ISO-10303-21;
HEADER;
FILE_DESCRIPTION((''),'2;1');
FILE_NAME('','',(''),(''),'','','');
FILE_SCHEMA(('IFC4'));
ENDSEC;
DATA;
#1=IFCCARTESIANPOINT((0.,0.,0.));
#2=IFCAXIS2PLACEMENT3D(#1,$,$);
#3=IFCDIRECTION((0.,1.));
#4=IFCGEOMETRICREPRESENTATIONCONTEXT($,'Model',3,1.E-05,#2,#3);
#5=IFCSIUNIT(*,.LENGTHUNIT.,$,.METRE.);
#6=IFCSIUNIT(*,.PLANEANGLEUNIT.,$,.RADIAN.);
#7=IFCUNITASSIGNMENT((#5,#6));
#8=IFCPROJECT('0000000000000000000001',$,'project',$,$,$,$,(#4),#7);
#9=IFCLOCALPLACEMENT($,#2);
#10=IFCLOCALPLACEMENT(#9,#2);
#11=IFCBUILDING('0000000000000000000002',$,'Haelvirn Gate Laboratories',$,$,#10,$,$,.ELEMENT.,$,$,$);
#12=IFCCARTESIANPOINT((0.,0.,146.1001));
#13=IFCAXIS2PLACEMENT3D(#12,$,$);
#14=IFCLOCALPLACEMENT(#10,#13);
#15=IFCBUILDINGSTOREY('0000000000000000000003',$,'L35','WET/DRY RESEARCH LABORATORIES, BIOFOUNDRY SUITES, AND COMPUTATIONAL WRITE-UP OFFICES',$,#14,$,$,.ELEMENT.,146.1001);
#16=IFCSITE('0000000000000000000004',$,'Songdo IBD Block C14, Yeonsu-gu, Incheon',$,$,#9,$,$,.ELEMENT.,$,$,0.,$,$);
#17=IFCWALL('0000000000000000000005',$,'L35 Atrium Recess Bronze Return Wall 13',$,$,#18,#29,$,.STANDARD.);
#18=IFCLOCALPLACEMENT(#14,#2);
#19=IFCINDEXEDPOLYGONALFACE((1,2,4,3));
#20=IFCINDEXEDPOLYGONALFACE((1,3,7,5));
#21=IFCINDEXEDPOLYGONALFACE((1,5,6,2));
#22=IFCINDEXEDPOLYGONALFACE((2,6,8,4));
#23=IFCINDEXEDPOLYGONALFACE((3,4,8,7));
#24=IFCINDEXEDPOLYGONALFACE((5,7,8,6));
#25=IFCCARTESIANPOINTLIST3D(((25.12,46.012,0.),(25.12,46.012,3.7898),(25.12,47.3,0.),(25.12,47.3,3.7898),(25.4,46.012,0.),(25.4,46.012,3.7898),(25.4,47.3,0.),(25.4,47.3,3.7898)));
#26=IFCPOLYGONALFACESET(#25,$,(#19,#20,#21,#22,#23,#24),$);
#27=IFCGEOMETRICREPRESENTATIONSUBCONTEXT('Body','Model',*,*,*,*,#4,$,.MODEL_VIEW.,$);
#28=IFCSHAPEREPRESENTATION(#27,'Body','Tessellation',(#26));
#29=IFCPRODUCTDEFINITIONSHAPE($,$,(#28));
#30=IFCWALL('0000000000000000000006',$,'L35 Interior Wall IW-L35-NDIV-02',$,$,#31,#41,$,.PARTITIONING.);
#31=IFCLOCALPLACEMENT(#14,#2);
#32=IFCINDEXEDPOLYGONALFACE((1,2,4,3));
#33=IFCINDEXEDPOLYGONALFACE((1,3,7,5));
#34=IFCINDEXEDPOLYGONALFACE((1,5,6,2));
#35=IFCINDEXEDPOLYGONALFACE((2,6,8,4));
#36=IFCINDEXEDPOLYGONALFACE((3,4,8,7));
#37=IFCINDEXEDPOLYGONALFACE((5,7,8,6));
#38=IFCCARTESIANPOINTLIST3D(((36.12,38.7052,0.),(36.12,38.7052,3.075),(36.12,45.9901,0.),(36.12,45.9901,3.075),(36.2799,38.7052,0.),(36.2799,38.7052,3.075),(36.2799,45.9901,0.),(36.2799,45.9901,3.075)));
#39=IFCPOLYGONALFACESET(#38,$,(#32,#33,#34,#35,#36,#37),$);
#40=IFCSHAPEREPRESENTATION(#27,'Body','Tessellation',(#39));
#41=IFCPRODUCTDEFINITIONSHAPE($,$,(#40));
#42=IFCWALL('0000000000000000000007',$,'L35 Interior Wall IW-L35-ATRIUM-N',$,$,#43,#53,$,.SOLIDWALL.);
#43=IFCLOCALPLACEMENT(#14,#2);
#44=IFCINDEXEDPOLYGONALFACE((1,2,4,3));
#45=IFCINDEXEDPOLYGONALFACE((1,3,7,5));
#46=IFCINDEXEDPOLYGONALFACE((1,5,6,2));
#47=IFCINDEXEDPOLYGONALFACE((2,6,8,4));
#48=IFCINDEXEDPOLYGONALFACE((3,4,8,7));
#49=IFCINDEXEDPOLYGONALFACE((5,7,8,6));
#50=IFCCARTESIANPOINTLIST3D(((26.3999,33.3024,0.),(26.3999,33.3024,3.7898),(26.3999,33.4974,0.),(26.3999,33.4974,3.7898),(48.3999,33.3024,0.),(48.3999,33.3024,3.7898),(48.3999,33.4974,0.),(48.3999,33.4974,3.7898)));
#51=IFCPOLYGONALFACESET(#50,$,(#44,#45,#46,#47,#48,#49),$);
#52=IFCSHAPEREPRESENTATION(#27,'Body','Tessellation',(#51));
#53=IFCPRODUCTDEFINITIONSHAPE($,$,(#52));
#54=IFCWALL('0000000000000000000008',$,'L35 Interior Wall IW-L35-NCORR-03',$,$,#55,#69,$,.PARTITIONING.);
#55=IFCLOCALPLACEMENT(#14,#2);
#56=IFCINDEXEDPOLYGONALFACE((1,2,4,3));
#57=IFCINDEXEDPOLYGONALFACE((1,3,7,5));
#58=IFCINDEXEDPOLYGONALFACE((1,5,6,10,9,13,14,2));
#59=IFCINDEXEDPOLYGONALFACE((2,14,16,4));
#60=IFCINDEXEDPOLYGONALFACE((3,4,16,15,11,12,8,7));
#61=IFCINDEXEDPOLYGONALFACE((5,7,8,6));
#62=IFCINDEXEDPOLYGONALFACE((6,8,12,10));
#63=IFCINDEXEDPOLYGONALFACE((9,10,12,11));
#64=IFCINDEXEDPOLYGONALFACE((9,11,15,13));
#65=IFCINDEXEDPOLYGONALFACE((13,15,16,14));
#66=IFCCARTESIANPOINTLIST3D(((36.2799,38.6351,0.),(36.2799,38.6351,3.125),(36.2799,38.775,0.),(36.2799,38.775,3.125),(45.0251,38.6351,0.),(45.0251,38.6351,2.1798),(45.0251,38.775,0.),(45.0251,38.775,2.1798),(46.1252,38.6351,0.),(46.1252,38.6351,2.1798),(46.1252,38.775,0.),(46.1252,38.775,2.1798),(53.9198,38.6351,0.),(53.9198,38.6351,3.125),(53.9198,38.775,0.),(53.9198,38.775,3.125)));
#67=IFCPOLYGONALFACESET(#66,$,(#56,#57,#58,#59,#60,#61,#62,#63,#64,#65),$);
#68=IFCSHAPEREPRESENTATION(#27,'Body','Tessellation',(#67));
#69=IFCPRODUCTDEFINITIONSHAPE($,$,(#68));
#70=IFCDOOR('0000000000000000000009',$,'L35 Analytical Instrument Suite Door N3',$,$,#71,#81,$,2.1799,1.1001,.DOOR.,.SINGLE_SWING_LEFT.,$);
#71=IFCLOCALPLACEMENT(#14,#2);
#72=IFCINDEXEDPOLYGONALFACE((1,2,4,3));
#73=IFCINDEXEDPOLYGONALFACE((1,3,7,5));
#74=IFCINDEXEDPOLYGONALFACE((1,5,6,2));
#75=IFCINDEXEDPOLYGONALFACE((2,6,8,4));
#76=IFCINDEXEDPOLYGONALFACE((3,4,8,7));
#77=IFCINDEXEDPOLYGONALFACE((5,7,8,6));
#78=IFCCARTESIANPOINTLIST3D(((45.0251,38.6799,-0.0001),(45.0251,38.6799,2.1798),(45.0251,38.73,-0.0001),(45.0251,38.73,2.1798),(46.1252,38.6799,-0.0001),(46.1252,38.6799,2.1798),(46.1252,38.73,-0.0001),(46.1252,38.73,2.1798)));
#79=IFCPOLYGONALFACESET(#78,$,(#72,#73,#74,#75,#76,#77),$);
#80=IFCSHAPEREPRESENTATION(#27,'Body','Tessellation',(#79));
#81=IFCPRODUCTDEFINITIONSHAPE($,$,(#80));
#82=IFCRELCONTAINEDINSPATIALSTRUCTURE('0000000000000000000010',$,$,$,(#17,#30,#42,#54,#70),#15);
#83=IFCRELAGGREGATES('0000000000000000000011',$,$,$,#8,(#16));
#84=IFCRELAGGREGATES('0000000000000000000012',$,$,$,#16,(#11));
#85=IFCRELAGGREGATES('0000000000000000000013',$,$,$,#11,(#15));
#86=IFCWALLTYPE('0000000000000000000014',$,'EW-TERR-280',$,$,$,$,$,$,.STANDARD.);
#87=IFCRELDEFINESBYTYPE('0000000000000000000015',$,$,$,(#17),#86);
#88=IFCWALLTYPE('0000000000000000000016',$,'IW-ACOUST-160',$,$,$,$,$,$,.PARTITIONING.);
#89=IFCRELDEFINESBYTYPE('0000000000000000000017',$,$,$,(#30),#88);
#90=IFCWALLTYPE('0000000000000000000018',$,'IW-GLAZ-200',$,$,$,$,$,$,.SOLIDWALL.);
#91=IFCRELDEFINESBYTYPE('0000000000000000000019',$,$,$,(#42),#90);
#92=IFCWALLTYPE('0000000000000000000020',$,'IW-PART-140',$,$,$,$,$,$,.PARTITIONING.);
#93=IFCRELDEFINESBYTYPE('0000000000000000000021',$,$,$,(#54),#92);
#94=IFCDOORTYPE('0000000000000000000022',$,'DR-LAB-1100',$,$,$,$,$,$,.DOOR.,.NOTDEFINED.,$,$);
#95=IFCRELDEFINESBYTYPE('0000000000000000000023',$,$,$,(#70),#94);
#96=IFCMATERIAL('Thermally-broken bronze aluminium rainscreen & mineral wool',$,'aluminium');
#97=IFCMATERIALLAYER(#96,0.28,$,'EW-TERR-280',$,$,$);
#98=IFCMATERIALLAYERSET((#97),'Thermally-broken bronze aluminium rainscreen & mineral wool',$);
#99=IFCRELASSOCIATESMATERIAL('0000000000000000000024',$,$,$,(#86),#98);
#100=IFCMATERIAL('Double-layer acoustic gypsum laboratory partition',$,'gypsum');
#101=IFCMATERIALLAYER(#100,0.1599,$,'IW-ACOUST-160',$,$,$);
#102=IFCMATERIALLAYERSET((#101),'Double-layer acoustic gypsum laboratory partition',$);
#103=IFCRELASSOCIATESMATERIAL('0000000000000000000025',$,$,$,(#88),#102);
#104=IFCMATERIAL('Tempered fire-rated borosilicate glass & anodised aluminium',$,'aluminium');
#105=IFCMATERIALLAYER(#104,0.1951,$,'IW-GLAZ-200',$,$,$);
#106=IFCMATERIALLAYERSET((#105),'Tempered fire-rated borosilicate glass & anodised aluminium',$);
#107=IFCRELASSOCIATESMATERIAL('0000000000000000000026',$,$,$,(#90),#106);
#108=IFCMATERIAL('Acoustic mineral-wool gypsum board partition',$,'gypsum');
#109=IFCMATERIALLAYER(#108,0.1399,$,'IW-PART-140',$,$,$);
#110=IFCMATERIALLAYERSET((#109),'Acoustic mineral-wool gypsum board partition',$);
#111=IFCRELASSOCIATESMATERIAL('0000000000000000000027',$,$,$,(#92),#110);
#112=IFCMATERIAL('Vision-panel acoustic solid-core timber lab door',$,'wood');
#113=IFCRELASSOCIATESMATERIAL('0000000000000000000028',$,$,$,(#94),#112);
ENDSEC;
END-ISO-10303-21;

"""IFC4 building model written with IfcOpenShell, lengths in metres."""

from ifc_helpers import new_model, si_unit, direction, frame, frame_2d, origin, place, context, subcontext, project, spatial, rectangle, extrude, source, transform, mapped, material, layer, layer_set, type_object, type_shapes, element, fill, save


model = new_model("IFC4")

# Units and contexts
model_context = context("Model", 3, precision=1e-05, world=origin(), true_north=direction((0.0, 1.0)))
body_context = subcontext(model_context, "Body", "Model", "MODEL_VIEW")
ifc_project = project(units=[si_unit("LENGTHUNIT", "METRE"), si_unit("PLANEANGLEUNIT", "RADIAN")], contexts=[model_context])

# Site, building, storey
site_placement = place(None, origin())
site = spatial("IfcSite", under=ifc_project, at=site_placement, Name="Songdo IBD Block C14, Yeonsu-gu, Incheon", CompositionType="ELEMENT", RefElevation=0.0)
building_placement = place(site_placement, origin())
building = spatial("IfcBuilding", under=site, at=building_placement, Name="Haelvirn Gate Laboratories", CompositionType="ELEMENT")
storey_placement = place(building_placement, frame((0.0, 0.0, 146.1001)))
storey = spatial("IfcBuildingStorey", under=building, at=storey_placement, Name="L35", Description="WET/DRY RESEARCH LABORATORIES, BIOFOUNDRY SUITES, AND COMPUTATIONAL WRITE-UP OFFICES", CompositionType="ELEMENT", Elevation=146.1001)

# Walls
ifc_material_1 = material(Name="Thermally-broken bronze aluminium rainscreen & mineral wool", Category="aluminium")
ifc_layer_1 = layer(ifc_material_1, 0.28, Name="EW-TERR-280")
ifc_layer_set_1 = layer_set([ifc_layer_1], Name="Thermally-broken bronze aluminium rainscreen & mineral wool")
wall_type_1 = type_object("IfcWallType", Name="EW-TERR-280", PredefinedType="STANDARD", material=ifc_layer_set_1)
wall_1_placement = place(storey_placement, frame((25.26, 46.012, 0.0), z_axis=(0.0, 0.0, 1.0), x_axis=(0.0, 1.0, 0.0)))
element("IfcWall", 1, at=wall_1_placement, inside=storey, type_object=wall_type_1, Name="L35 Atrium Recess Bronze Return Wall 13", PredefinedType="STANDARD", context=body_context, shape_type="SweptSolid", body=[
    extrude(rectangle(XDim=1.2881, YDim=0.28, at=frame_2d((0.644, 0.0))), origin(), (0.0, 0.0, 1.0), 3.7898),
])
ifc_material_2 = material(Name="Double-layer acoustic gypsum laboratory partition", Category="gypsum")
ifc_layer_2 = layer(ifc_material_2, 0.1599, Name="IW-ACOUST-160")
ifc_layer_set_2 = layer_set([ifc_layer_2], Name="Double-layer acoustic gypsum laboratory partition")
wall_type_2 = type_object("IfcWallType", Name="IW-ACOUST-160", PredefinedType="PARTITIONING", material=ifc_layer_set_2)
wall_2_placement = place(storey_placement, frame((36.2, 38.7051, 0.0), z_axis=(0.0, 0.0, 1.0), x_axis=(0.0, 1.0, 0.0)))
element("IfcWall", 2, at=wall_2_placement, inside=storey, type_object=wall_type_2, Name="L35 Interior Wall IW-L35-NDIV-02", PredefinedType="PARTITIONING", context=body_context, shape_type="SweptSolid", body=[
    extrude(rectangle(XDim=7.2849, YDim=0.1599, at=frame_2d((3.6426, 0.0))), origin(), (0.0, 0.0, 1.0), 3.075),
])
ifc_material_3 = material(Name="Tempered fire-rated borosilicate glass & anodised aluminium", Category="aluminium")
ifc_layer_3 = layer(ifc_material_3, 0.1951, Name="IW-GLAZ-200")
ifc_layer_set_3 = layer_set([ifc_layer_3], Name="Tempered fire-rated borosilicate glass & anodised aluminium")
wall_type_3 = type_object("IfcWallType", Name="IW-GLAZ-200", PredefinedType="SOLIDWALL", material=ifc_layer_set_3)
wall_3_placement = place(storey_placement, frame((26.3999, 33.3999, 0.0), z_axis=(0.0, 0.0, 1.0), x_axis=(1.0, 0.0, 0.0)))
element("IfcWall", 3, at=wall_3_placement, inside=storey, type_object=wall_type_3, Name="L35 Interior Wall IW-L35-ATRIUM-N", PredefinedType="SOLIDWALL", context=body_context, shape_type="SweptSolid", body=[
    extrude(rectangle(XDim=22.0, YDim=0.1951, at=frame_2d((11.0, 0.0))), origin(), (0.0, 0.0, 1.0), 3.7898),
])

# Wall, opening, door
ifc_material_4 = material(Name="Acoustic mineral-wool gypsum board partition", Category="gypsum")
ifc_layer_4 = layer(ifc_material_4, 0.1399, Name="IW-PART-140")
ifc_layer_set_4 = layer_set([ifc_layer_4], Name="Acoustic mineral-wool gypsum board partition")
wall_type_4 = type_object("IfcWallType", Name="IW-PART-140", PredefinedType="PARTITIONING", material=ifc_layer_set_4)
wall_4_placement = place(storey_placement, frame((36.28, 38.7051, 0.0), z_axis=(0.0, 0.0, 1.0), x_axis=(1.0, 0.0, 0.0)))
wall_4 = element("IfcWall", 4, at=wall_4_placement, inside=storey, type_object=wall_type_4, Name="L35 Interior Wall IW-L35-NCORR-03", PredefinedType="PARTITIONING", context=body_context, shape_type="SweptSolid", body=[
    extrude(rectangle(XDim=17.6399, YDim=0.1399, at=frame_2d((8.8198, 0.0))), origin(), (0.0, 0.0, 1.0), 3.125),
])
opening_placement = place(wall_4_placement, frame((8.7451, 0.0, 0.0)))
opening = element("IfcOpeningElement", 5, at=opening_placement, cuts=wall_4, PredefinedType="OPENING", context=body_context, shape_type="SweptSolid", body=[
    extrude(rectangle(XDim=1.1001, YDim=2.1799, at=frame_2d((0.55, 1.0898))), frame((0.0, 0.0801, 0.0), z_axis=(0.0, -1.0, 0.0), x_axis=(1.0, 0.0, 0.0)), (0.0, 0.0, 1.0), 0.1599),
])
ifc_material_5 = material(Name="Vision-panel acoustic solid-core timber lab door", Category="wood")
door_type = type_object("IfcDoorType", Name="DR-LAB-1100", OperationType="NOTDEFINED", PredefinedType="DOOR", material=ifc_material_5)
shared_shape_1 = source(origin(), body_context, "Body", "SweptSolid", [
    extrude(rectangle(XDim=1.1001, YDim=2.1799, at=frame_2d((0.55, 1.0898))), frame((0.0, 0.0249, 0.0), z_axis=(0.0, -1.0, 0.0), x_axis=(1.0, 0.0, 0.0)), (0.0, 0.0, 1.0), 0.05),
])
type_shapes(door_type, [shared_shape_1])
door_placement = place(opening_placement, origin())
door = element("IfcDoor", 6, at=door_placement, inside=storey, type_object=door_type, Name="L35 Analytical Instrument Suite Door N3", OperationType="SINGLE_SWING_LEFT", OverallHeight=2.1799, OverallWidth=1.1001, PredefinedType="DOOR", context=body_context, shape_type="MappedRepresentation", body=[
    mapped(shared_shape_1, transform((0.0, 0.0, 0.0), scale=1.0)),
])
fill(opening, door)

save(model, "model.ifc")
